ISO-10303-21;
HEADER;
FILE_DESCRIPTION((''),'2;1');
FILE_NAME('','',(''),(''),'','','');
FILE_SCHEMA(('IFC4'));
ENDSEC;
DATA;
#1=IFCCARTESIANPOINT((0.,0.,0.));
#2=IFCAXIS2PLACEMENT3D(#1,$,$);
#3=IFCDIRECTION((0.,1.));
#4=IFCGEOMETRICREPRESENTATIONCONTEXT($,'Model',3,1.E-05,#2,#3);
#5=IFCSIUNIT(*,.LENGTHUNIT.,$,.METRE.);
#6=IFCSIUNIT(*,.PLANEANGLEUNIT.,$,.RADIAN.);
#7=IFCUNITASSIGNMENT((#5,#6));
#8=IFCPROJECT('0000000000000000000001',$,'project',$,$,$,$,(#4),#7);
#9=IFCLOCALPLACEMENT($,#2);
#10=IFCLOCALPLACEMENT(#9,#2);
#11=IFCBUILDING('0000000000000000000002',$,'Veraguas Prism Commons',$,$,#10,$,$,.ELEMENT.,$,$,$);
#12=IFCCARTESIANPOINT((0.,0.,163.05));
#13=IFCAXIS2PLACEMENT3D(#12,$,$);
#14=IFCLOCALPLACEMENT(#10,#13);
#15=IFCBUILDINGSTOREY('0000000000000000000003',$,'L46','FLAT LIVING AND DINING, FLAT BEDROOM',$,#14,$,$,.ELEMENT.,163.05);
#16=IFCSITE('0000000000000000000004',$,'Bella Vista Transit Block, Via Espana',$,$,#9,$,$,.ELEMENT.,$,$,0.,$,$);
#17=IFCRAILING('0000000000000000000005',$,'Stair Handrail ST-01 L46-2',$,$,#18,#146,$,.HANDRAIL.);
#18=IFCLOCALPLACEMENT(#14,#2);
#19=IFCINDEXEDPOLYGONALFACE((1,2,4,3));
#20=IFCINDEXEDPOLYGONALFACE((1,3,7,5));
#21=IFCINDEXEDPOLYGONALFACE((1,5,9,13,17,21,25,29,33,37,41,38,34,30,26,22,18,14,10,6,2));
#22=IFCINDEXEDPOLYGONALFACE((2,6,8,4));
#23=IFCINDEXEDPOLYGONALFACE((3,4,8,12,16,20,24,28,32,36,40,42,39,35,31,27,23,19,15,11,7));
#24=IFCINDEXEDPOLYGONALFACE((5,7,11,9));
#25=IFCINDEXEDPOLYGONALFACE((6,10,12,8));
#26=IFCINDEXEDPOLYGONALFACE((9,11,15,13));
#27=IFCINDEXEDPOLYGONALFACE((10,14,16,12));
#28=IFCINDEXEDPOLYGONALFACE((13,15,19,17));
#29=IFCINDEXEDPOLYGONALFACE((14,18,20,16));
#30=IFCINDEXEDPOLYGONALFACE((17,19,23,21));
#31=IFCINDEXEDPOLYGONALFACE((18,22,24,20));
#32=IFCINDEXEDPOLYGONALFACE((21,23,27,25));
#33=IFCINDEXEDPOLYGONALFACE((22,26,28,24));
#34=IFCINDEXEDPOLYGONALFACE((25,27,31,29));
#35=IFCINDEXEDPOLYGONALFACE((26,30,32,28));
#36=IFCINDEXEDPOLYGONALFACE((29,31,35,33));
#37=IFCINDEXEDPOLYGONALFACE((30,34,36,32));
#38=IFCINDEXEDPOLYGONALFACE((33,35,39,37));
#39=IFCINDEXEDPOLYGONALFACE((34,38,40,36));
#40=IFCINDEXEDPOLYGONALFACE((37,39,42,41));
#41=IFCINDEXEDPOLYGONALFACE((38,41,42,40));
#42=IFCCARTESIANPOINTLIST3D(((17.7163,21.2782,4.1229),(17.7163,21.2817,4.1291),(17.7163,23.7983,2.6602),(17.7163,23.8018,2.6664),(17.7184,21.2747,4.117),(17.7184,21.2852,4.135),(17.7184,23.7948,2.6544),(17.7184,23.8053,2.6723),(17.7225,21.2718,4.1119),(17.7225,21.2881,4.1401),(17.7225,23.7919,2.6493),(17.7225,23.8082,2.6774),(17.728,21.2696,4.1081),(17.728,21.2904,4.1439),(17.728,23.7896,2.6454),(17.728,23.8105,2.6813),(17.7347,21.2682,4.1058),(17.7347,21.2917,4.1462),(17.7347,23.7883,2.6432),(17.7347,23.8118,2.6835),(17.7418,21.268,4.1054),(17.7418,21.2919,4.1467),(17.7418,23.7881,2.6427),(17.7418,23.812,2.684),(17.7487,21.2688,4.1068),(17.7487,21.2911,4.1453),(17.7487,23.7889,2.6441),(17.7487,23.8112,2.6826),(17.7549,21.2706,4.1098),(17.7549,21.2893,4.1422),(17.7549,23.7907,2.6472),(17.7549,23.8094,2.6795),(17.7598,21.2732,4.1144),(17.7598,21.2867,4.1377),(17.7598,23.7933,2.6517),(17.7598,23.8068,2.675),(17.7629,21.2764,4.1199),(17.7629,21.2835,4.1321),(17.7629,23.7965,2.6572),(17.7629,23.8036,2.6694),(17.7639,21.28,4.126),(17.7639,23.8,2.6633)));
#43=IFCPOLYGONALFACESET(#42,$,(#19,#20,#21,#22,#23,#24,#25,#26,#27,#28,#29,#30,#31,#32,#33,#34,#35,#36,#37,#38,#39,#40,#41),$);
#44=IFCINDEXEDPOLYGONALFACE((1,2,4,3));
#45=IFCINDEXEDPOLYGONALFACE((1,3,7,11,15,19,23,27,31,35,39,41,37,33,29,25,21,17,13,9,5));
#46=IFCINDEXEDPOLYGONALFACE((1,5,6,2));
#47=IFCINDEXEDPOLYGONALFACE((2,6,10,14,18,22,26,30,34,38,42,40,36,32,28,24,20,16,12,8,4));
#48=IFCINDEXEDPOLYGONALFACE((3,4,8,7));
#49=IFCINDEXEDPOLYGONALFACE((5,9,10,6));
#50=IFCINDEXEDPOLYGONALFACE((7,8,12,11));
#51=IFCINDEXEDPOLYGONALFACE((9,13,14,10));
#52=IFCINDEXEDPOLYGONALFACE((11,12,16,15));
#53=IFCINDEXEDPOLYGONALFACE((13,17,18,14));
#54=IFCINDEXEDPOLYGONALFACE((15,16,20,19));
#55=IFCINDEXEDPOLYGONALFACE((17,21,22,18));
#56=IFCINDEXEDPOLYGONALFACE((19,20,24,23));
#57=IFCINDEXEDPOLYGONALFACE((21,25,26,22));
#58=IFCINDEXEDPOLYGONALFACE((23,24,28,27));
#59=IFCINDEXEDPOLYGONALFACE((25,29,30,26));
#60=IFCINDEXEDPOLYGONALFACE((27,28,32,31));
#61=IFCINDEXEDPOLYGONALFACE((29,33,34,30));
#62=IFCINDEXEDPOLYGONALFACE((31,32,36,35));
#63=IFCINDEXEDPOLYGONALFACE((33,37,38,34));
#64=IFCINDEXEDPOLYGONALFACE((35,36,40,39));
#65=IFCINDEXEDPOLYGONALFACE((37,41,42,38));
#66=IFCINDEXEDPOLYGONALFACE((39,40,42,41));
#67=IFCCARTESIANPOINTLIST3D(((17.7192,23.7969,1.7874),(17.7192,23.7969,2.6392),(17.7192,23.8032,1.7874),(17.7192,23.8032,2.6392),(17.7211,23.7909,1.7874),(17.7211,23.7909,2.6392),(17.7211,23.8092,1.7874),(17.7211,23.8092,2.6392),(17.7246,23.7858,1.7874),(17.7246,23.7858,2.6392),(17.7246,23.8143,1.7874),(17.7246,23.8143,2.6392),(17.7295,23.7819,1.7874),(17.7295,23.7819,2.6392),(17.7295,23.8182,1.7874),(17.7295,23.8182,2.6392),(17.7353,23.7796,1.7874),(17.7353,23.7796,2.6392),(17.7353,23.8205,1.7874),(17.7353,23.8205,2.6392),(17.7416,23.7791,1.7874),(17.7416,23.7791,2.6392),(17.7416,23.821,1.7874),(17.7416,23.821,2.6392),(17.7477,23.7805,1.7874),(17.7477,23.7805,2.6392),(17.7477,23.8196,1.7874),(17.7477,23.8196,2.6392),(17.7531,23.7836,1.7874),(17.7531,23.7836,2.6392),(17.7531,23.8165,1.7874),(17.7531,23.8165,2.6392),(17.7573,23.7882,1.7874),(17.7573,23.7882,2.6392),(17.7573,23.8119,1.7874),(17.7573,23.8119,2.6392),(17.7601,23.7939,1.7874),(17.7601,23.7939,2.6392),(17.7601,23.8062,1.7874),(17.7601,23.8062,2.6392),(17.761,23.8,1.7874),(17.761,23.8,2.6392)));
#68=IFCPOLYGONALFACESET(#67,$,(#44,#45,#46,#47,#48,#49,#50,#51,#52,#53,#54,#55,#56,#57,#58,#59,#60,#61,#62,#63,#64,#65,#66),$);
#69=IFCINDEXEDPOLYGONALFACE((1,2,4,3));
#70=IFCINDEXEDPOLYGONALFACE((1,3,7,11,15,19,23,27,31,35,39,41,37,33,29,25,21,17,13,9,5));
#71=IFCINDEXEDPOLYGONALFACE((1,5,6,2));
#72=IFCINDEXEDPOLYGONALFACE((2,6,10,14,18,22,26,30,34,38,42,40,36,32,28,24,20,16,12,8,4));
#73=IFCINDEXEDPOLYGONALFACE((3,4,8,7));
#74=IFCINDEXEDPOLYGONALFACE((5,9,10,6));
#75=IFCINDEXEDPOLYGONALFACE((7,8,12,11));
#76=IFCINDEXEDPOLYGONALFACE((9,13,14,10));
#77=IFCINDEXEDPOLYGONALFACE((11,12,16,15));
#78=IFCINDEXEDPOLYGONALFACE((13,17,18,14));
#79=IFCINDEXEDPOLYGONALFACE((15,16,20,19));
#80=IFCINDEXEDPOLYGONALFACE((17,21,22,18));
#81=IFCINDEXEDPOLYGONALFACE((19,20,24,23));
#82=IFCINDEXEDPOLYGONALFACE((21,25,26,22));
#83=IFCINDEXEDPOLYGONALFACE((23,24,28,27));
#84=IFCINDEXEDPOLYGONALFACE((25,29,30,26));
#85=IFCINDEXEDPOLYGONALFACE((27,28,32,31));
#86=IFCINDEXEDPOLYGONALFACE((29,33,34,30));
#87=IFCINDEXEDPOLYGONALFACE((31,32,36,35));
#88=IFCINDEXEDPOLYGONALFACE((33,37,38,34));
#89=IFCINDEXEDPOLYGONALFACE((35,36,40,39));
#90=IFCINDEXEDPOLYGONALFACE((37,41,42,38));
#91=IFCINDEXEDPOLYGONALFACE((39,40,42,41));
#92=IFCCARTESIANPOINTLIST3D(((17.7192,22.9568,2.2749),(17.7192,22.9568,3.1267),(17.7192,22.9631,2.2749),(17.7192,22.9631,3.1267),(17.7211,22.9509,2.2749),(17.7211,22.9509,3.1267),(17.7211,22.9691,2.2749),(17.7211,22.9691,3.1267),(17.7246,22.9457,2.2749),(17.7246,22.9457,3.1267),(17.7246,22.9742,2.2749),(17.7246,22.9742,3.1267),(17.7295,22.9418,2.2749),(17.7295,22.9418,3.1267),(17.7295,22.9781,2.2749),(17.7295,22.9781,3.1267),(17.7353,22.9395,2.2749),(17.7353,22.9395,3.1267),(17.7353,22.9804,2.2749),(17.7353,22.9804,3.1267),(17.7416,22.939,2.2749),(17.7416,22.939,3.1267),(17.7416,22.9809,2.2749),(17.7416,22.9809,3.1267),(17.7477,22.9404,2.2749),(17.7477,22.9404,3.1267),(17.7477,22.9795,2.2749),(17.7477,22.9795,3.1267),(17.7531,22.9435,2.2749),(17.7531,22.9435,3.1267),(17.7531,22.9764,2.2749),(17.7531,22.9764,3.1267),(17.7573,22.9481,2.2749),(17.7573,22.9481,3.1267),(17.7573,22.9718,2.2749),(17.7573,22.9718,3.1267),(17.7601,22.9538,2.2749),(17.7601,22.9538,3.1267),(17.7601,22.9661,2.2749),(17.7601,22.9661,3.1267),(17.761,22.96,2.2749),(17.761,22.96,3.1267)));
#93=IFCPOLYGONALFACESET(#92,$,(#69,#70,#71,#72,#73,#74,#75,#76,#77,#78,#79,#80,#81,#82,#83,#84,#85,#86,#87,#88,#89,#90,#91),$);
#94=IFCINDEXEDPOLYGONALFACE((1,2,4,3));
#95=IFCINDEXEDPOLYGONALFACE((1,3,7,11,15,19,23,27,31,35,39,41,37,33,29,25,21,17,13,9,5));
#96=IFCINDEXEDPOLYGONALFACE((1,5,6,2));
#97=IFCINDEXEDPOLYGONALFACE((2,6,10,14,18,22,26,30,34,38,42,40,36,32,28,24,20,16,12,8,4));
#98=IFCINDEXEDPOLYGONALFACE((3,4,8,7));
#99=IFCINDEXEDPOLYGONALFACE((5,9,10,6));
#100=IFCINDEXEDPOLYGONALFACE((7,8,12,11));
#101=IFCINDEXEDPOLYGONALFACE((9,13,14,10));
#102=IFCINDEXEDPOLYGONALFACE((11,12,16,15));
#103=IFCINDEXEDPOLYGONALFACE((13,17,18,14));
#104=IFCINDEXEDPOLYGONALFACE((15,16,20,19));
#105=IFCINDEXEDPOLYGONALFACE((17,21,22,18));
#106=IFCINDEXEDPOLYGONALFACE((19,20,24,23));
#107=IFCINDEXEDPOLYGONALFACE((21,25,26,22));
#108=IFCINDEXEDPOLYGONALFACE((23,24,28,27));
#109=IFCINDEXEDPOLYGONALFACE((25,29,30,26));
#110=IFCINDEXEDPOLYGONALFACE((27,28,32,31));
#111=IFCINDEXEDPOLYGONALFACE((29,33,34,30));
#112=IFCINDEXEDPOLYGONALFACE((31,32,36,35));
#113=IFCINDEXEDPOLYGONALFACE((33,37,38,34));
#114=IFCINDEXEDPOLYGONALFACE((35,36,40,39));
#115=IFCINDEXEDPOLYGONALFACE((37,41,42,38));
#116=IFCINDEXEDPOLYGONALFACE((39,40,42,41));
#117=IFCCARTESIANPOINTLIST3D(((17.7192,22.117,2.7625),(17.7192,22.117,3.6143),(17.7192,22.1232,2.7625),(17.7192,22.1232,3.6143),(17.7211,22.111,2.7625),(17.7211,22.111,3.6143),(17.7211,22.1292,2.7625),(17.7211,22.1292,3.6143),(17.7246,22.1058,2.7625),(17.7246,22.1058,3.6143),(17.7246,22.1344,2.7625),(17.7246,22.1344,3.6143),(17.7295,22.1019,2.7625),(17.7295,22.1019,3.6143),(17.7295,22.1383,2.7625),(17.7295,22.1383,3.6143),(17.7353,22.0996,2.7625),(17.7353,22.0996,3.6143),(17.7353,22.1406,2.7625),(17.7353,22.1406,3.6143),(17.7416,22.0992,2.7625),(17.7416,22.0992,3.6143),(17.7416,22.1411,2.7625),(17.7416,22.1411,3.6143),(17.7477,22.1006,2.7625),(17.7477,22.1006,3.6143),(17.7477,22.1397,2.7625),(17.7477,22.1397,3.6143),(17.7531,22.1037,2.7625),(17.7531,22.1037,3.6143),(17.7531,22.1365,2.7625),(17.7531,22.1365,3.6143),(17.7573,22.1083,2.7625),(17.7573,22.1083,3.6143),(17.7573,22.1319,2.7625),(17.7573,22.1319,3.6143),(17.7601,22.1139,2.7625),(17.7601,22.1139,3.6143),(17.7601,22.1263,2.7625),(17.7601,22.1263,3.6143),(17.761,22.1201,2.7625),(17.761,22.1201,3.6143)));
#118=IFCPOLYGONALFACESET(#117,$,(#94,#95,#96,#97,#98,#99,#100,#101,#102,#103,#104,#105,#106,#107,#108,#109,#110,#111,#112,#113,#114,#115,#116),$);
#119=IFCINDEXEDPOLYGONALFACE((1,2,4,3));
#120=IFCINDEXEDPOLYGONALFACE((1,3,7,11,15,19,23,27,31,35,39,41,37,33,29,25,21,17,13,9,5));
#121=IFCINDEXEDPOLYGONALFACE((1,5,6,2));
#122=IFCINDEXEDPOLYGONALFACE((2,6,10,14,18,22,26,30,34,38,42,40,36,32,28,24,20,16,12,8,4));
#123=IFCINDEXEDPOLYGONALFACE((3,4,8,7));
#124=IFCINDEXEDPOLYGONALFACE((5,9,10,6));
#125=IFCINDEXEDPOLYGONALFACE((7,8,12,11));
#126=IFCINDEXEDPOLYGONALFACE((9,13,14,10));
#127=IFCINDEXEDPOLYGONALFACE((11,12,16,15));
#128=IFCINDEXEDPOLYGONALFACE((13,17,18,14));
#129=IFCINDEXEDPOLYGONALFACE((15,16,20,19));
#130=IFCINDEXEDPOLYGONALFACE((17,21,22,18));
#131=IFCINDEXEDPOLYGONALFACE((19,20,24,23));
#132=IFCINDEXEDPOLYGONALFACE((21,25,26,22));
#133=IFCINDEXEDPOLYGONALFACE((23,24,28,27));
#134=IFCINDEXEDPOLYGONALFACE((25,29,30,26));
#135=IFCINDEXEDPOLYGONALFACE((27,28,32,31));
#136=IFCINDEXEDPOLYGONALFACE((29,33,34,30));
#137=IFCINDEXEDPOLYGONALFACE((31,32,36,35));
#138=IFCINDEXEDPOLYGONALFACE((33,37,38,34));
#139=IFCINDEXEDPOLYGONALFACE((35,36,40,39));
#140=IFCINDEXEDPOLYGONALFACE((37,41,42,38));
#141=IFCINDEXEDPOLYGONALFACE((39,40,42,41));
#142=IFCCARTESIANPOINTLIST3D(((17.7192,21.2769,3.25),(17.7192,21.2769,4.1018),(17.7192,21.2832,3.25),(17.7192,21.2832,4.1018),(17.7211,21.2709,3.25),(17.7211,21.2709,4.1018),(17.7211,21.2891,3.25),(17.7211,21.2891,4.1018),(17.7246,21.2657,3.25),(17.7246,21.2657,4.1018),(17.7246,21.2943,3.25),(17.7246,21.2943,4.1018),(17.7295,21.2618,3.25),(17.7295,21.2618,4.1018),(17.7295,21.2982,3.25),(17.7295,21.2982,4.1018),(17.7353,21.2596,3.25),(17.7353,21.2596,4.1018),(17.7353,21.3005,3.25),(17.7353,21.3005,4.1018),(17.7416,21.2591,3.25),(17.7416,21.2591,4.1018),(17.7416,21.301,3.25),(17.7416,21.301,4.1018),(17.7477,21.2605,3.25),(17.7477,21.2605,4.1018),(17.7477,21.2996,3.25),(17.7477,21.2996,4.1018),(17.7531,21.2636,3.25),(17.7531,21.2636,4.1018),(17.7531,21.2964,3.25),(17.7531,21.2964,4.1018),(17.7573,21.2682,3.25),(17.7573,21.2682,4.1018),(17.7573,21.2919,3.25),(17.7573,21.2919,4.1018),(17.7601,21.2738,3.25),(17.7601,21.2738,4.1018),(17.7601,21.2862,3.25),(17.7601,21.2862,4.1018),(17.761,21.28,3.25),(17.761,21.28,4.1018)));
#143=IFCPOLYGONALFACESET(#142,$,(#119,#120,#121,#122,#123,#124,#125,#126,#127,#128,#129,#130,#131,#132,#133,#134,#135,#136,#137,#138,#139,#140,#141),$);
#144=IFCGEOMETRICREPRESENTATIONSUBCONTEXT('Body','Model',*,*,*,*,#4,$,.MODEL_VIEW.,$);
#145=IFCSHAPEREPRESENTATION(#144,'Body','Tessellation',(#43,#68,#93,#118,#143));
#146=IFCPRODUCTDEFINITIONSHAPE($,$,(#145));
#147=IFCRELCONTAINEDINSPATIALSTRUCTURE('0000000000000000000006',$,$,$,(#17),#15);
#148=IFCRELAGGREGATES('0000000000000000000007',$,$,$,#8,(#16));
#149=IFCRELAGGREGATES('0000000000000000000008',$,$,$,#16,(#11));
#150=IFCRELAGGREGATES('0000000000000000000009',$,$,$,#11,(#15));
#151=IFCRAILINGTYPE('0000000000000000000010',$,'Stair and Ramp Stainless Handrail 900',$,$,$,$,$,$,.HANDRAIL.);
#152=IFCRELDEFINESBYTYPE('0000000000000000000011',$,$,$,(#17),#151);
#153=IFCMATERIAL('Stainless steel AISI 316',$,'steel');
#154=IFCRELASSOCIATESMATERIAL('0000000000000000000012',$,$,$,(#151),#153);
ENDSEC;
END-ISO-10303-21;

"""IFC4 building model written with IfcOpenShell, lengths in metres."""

from ifc_helpers import new_model, si_unit, direction, frame, origin, origin_2d, place, context, subcontext, project, spatial, circle, extrude, material, type_object, element, save


model = new_model("IFC4")

# Units and contexts
model_context = context("Model", 3, precision=1e-05, world=origin(), true_north=direction((0.0, 1.0)))
body_context = subcontext(model_context, "Body", "Model", "MODEL_VIEW")
ifc_project = project(units=[si_unit("LENGTHUNIT", "METRE"), si_unit("PLANEANGLEUNIT", "RADIAN")], contexts=[model_context])

# Site, building, storey
site_placement = place(None, origin())
site = spatial("IfcSite", under=ifc_project, at=site_placement, Name="Bella Vista Transit Block, Via Espana", CompositionType="ELEMENT", RefElevation=0.0)
building_placement = place(site_placement, origin())
building = spatial("IfcBuilding", under=site, at=building_placement, Name="Veraguas Prism Commons", CompositionType="ELEMENT")
storey_placement = place(building_placement, frame((0.0, 0.0, 163.05)))
storey = spatial("IfcBuildingStorey", under=building, at=storey_placement, Name="L46", Description="FLAT LIVING AND DINING, FLAT BEDROOM", CompositionType="ELEMENT", Elevation=163.05)

# Railing
ifc_material_1 = material(Name="Stainless steel AISI 316", Category="steel")
railing_type_1 = type_object("IfcRailingType", Name="Stair and Ramp Stainless Handrail 900", PredefinedType="HANDRAIL", material=ifc_material_1)
railing_1_placement = place(storey_placement, frame((17.74, 23.8, 1.7874)))
element("IfcRailing", 1, at=railing_1_placement, inside=storey, type_object=railing_type_1, Name="Stair Handrail ST-01 L46-2", PredefinedType="HANDRAIL", context=body_context, shape_type="SweptSolid", body=[
    extrude(circle(Radius=0.0239, at=origin_2d()), frame((0.0, 0.0, 0.876), z_axis=(0.0, -0.864877, 0.501984), x_axis=(1.0, 0.0, 0.0)), (0.0, 0.0, 1.0), 2.9138),
    extrude(circle(Radius=0.021, at=origin_2d()), origin(), (0.0, 0.0, 1.0), 0.8518),
    extrude(circle(Radius=0.021, at=origin_2d()), frame((0.0, -0.8401, 0.4875)), (0.0, 0.0, 1.0), 0.8518),
    extrude(circle(Radius=0.021, at=origin_2d()), frame((0.0, -1.6799, 0.9751)), (0.0, 0.0, 1.0), 0.8518),
    extrude(circle(Radius=0.021, at=origin_2d()), frame((0.0, -2.52, 1.4626)), (0.0, 0.0, 1.0), 0.8518),
])

save(model, "model.ifc")
